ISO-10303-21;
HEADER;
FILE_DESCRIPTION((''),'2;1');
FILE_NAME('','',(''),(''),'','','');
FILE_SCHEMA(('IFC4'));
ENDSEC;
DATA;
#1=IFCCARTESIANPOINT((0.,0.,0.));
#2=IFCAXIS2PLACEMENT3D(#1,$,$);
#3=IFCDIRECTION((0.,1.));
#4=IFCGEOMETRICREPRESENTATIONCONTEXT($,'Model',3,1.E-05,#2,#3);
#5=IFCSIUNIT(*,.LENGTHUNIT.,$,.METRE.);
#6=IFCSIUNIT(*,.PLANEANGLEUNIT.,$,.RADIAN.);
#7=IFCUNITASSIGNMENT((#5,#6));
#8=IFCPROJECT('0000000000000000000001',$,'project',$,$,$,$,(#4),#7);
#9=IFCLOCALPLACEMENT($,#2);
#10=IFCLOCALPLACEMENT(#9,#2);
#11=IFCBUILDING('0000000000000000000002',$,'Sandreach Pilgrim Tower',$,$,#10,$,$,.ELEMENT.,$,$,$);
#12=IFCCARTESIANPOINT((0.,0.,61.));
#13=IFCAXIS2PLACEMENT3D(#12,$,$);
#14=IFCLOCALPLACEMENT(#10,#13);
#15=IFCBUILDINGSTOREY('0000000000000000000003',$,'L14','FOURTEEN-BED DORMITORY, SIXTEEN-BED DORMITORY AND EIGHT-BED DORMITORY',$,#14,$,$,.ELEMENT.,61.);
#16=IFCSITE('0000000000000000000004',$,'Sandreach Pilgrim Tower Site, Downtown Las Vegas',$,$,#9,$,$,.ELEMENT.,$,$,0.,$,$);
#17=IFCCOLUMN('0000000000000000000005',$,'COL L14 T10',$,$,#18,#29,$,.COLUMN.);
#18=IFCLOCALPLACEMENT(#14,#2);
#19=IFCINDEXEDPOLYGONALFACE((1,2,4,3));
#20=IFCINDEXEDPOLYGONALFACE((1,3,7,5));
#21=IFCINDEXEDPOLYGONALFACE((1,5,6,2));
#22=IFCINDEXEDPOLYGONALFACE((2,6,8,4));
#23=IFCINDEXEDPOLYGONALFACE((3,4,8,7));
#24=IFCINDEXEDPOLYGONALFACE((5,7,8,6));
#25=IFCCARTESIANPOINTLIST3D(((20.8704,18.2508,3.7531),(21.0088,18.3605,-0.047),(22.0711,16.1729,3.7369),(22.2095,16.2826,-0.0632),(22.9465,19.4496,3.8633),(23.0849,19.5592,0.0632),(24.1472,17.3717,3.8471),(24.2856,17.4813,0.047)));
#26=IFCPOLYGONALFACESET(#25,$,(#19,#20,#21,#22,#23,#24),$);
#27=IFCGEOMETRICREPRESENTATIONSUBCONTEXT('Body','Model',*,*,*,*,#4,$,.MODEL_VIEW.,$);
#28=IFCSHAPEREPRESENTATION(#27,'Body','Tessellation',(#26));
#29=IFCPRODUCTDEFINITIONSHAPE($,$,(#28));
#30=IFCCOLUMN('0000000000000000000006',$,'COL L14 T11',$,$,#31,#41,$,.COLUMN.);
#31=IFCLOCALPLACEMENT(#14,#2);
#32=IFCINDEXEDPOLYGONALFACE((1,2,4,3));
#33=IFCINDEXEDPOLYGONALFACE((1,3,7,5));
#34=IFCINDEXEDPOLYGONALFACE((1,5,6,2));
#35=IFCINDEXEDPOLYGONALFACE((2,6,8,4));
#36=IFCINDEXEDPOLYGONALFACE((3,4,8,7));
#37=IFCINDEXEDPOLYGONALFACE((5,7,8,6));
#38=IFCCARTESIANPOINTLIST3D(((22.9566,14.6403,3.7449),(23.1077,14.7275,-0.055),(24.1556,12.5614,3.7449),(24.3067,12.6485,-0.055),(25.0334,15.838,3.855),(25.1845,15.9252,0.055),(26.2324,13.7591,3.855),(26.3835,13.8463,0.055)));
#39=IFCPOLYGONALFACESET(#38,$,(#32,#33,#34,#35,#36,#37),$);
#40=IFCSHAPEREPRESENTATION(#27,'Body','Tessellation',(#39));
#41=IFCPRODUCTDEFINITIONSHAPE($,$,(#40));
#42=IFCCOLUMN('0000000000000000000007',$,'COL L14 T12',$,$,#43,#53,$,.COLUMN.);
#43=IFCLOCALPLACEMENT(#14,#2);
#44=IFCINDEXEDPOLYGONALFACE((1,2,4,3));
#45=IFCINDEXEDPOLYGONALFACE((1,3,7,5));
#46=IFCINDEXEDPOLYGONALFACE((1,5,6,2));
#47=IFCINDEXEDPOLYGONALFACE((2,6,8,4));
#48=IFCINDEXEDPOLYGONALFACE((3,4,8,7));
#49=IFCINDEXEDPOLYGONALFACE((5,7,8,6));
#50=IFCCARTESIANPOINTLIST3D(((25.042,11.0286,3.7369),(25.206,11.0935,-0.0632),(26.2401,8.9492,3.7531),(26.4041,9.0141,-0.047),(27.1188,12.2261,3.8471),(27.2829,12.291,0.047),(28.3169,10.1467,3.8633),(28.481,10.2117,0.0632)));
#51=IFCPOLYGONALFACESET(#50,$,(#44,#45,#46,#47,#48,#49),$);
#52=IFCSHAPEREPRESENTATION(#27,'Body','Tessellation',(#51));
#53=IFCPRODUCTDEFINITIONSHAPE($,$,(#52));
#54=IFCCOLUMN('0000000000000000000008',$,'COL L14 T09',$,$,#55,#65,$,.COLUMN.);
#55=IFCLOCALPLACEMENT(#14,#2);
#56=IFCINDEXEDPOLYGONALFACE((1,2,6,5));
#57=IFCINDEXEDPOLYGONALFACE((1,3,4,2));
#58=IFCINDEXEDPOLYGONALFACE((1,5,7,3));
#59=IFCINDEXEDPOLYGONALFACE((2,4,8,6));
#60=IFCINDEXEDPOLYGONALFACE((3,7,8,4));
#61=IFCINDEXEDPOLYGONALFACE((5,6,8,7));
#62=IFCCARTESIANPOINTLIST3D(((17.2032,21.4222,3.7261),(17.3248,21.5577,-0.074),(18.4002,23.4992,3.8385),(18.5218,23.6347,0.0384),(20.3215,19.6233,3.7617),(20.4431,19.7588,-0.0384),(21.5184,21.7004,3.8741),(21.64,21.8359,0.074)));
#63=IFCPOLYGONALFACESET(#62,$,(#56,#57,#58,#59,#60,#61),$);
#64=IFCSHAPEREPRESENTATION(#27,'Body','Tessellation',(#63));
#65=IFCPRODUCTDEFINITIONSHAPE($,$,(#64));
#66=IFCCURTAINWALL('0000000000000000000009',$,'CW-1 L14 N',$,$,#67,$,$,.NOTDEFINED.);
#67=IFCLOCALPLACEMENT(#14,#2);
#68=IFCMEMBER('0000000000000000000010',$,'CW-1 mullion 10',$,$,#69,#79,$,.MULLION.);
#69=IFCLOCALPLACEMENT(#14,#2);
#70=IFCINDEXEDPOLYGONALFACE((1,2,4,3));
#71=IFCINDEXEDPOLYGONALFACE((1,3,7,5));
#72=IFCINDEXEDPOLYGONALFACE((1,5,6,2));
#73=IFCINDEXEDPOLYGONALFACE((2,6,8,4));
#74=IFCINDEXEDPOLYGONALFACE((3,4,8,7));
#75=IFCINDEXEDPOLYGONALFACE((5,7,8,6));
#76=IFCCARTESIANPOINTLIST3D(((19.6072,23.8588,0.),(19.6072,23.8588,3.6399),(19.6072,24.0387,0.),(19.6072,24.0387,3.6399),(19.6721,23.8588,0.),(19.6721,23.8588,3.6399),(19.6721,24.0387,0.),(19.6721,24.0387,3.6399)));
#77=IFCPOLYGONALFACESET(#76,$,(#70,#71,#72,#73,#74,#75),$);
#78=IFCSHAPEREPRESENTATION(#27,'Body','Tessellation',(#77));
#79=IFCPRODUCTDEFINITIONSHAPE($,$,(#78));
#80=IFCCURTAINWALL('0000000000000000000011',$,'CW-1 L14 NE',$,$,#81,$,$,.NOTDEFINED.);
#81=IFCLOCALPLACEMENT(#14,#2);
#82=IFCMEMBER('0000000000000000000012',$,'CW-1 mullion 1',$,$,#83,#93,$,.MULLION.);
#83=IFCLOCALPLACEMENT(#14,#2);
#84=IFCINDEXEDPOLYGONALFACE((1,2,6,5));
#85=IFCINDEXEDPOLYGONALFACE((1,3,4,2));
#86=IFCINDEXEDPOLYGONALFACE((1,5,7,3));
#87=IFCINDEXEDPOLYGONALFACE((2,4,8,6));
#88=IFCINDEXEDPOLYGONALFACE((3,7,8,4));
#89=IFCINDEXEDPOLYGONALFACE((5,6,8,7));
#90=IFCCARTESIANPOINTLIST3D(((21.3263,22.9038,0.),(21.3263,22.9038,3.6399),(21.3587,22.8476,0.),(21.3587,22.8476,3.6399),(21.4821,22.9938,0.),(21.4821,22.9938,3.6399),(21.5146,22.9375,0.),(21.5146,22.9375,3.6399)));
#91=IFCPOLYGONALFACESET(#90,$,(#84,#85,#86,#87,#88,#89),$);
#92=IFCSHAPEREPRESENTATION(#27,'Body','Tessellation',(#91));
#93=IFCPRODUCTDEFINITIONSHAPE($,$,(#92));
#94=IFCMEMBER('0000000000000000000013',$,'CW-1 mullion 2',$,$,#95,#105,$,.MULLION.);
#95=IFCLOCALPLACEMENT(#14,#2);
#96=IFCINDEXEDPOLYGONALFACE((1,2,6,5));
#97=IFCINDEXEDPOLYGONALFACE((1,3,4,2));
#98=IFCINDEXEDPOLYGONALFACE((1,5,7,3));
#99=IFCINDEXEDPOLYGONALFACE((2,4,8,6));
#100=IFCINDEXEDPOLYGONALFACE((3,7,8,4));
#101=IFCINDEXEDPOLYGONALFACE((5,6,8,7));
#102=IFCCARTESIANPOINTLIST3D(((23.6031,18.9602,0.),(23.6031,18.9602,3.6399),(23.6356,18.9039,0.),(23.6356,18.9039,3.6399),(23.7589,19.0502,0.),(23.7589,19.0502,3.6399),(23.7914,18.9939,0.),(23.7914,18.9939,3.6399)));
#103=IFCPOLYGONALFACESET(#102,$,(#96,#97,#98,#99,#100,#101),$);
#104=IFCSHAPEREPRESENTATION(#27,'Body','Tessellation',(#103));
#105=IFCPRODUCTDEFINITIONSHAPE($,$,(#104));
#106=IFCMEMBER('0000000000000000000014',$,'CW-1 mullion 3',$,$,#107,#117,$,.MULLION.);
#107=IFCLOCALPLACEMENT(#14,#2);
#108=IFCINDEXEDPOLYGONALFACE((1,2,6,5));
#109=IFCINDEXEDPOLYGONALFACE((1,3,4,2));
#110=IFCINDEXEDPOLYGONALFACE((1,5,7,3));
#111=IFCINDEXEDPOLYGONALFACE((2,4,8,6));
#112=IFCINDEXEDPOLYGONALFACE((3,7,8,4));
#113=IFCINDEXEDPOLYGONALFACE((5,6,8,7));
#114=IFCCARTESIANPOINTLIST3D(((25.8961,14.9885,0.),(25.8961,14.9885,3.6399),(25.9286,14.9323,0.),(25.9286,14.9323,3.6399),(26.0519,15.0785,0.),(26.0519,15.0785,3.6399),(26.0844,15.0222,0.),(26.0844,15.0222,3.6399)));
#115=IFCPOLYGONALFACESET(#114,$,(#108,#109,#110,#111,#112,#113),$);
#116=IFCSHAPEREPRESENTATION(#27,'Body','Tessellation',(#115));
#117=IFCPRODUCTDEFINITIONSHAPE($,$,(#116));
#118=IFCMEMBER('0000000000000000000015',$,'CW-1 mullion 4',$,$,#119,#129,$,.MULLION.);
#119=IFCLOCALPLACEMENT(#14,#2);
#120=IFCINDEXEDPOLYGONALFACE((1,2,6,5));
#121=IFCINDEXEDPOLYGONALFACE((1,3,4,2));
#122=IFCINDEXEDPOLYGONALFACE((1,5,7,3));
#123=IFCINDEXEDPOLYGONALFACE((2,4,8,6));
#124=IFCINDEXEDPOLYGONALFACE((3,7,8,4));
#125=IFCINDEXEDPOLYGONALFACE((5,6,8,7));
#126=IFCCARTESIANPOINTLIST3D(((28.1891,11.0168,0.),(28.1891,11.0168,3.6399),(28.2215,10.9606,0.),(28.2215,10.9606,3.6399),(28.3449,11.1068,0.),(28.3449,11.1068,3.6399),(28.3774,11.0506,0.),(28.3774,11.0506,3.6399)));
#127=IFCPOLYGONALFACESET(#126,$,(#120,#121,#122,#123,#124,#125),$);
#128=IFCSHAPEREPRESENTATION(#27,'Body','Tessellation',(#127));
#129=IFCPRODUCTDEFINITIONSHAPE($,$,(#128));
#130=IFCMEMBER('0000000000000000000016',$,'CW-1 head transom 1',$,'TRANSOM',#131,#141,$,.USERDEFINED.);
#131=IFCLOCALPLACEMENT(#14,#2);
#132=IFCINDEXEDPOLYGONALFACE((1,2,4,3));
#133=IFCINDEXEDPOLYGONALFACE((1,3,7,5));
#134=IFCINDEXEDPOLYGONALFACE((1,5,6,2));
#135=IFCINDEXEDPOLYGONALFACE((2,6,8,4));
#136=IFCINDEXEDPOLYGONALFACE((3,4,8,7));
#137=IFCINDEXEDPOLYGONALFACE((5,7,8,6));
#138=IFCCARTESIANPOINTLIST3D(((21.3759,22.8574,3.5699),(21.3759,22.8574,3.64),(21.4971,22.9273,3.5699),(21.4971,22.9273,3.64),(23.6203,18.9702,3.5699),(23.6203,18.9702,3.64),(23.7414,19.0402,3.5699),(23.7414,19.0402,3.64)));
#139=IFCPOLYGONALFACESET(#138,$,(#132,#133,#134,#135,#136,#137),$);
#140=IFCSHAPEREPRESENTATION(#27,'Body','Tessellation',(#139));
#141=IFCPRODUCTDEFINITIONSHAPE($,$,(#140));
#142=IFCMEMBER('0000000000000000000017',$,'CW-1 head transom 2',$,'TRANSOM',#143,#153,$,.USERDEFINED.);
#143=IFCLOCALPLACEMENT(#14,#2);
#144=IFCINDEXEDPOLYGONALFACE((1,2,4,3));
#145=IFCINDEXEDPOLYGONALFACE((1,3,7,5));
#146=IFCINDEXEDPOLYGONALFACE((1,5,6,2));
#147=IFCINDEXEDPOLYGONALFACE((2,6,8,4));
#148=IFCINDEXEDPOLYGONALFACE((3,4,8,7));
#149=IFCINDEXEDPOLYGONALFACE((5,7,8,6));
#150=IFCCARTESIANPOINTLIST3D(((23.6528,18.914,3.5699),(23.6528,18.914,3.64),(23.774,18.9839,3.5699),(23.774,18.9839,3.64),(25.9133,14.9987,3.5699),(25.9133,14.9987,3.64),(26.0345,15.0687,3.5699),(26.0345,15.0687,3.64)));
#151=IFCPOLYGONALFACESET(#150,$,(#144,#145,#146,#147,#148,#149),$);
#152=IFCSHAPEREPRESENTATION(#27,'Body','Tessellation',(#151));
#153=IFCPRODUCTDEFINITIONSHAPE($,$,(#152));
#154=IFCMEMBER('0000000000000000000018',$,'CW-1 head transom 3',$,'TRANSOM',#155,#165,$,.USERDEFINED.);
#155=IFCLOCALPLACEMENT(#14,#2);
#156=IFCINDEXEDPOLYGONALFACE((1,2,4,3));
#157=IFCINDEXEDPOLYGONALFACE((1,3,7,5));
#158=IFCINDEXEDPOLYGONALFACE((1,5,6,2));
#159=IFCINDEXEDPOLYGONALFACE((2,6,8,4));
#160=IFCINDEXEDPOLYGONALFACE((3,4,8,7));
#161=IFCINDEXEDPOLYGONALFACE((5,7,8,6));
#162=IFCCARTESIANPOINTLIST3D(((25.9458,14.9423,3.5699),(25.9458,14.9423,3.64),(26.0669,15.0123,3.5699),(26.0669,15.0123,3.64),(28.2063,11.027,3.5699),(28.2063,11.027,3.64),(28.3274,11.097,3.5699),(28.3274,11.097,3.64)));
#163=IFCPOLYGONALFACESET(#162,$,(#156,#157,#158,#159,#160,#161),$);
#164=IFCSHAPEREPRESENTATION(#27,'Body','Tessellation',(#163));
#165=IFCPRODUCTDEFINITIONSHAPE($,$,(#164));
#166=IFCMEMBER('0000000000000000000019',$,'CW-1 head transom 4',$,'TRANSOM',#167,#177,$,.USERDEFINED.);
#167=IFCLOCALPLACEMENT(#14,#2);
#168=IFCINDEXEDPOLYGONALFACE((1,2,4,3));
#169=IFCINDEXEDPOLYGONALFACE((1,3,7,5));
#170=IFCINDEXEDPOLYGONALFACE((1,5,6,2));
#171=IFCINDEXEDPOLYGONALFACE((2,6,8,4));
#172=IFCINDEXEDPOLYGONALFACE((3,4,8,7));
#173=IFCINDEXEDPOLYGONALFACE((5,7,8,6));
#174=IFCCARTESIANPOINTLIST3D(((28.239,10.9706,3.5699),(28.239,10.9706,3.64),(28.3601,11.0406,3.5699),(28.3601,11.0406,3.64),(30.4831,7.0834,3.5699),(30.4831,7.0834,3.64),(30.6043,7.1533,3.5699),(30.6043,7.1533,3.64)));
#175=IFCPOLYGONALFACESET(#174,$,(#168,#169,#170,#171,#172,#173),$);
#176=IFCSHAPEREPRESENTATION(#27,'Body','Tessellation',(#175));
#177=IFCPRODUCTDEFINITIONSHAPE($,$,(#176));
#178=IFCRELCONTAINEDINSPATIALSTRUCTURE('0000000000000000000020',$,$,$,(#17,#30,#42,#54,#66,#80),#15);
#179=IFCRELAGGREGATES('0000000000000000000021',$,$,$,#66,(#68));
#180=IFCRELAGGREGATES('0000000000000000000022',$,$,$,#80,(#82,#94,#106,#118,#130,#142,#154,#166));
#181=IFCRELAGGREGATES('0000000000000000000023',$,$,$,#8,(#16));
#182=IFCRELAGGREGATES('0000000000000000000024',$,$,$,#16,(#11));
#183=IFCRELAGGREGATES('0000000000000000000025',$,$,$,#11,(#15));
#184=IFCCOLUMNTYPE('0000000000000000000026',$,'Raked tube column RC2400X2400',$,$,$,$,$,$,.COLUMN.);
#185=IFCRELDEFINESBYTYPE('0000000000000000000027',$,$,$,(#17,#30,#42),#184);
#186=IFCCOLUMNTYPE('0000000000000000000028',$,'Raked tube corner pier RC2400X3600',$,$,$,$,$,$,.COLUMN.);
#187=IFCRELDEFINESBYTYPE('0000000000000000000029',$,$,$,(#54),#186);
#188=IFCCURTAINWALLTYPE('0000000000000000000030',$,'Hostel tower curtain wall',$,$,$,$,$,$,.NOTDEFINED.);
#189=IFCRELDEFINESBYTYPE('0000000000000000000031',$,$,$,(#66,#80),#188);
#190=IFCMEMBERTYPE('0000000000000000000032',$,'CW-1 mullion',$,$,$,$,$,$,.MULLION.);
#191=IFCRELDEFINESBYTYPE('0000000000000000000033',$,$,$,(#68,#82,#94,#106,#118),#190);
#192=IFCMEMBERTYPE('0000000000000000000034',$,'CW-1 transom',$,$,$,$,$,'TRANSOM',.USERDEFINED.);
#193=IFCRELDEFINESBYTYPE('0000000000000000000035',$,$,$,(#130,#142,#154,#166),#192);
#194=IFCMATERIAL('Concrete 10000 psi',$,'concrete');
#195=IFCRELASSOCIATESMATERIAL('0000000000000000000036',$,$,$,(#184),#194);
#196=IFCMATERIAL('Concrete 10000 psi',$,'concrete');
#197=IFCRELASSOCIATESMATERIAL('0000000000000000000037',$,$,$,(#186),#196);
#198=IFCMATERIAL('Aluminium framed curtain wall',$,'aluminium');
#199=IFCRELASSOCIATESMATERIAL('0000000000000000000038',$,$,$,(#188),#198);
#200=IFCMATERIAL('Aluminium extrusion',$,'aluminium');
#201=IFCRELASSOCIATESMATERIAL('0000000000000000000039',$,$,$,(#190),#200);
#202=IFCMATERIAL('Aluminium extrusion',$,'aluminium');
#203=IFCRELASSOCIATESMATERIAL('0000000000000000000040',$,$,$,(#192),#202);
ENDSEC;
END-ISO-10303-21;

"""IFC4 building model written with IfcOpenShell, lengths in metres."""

from ifc_helpers import new_model, si_unit, direction, frame, origin, origin_2d, place, context, subcontext, project, spatial, rectangle, extrude, material, material_profile, profile_set, type_object, element, aggregate, save


model = new_model("IFC4")

# Units and contexts
model_context = context("Model", 3, precision=1e-05, world=origin(), true_north=direction((0.0, 1.0)))
body_context = subcontext(model_context, "Body", "Model", "MODEL_VIEW")
ifc_project = project(units=[si_unit("LENGTHUNIT", "METRE"), si_unit("PLANEANGLEUNIT", "RADIAN")], contexts=[model_context])

# Site, building, storey
site_placement = place(None, origin())
site = spatial("IfcSite", under=ifc_project, at=site_placement, Name="Sandreach Pilgrim Tower Site, Downtown Las Vegas", CompositionType="ELEMENT", RefElevation=0.0)
building_placement = place(site_placement, origin())
building = spatial("IfcBuilding", under=site, at=building_placement, Name="Sandreach Pilgrim Tower", CompositionType="ELEMENT")
storey_placement = place(building_placement, frame((0.0, 0.0, 61.0)))
storey = spatial("IfcBuildingStorey", under=building, at=storey_placement, Name="L14", Description="FOURTEEN-BED DORMITORY, SIXTEEN-BED DORMITORY AND EIGHT-BED DORMITORY", CompositionType="ELEMENT", Elevation=61.0)

# Columns
ifc_material_1 = material(Name="Concrete 10000 psi", Category="concrete")
ifc_material_profile_1 = material_profile(ifc_material_1, rectangle(XDim=2.3999, YDim=2.3999, at=origin_2d()), Name="RC2400X2400")
ifc_profile_set_1 = profile_set([ifc_material_profile_1], Name="Concrete 10000 psi")
column_type_1 = type_object("IfcColumnType", Name="Raked tube column RC2400X2400", PredefinedType="COLUMN", material=ifc_profile_set_1)
column_1_placement = place(storey_placement, frame((22.6472, 17.9209, 0.0), z_axis=(-0.036389, -0.028816, 0.998922), x_axis=(0.865087, 0.499515, 0.045923)))
element("IfcColumn", 1, at=column_1_placement, inside=storey, type_object=column_type_1, Name="COL L14 T10", PredefinedType="COLUMN", context=body_context, shape_type="SweptSolid", body=[
    extrude(rectangle(XDim=2.3999, YDim=2.3999, at=origin_2d()), origin(), (0.0, 0.0, 1.0), 3.8042),
])
column_2_placement = place(storey_placement, frame((24.7456, 14.2869, 0.0), z_axis=(-0.039727, -0.022912, 0.998948), x_axis=(0.865344, 0.499076, 0.04586)))
element("IfcColumn", 2, at=column_2_placement, inside=storey, type_object=column_type_1, Name="COL L14 T11", PredefinedType="COLUMN", context=body_context, shape_type="SweptSolid", body=[
    extrude(rectangle(XDim=2.3999, YDim=2.3999, at=origin_2d()), origin(), (0.0, 0.0, 1.0), 3.804),
])
column_3_placement = place(storey_placement, frame((26.8435, 10.6526, 0.0), z_axis=(-0.043127, -0.017071, 0.998924), x_axis=(0.865394, 0.498986, 0.04589)))
element("IfcColumn", 3, at=column_3_placement, inside=storey, type_object=column_type_1, Name="COL L14 T12", PredefinedType="COLUMN", context=body_context, shape_type="SweptSolid", body=[
    extrude(rectangle(XDim=2.3999, YDim=2.3999, at=origin_2d()), origin(), (0.0, 0.0, 1.0), 3.8042),
])
ifc_material_2 = material(Name="Concrete 10000 psi", Category="concrete")
ifc_material_profile_2 = material_profile(ifc_material_2, rectangle(XDim=2.3999, YDim=3.6001, at=origin_2d()), Name="RC2400X3600")
ifc_profile_set_2 = profile_set([ifc_material_profile_2], Name="Concrete 10000 psi")
column_type_2 = type_object("IfcColumnType", Name="Raked tube corner pier RC2400X3600", PredefinedType="COLUMN", material=ifc_profile_set_2)
column_4_placement = place(storey_placement, frame((19.4824, 21.6968, 0.0), z_axis=(-0.031958, -0.035616, 0.998854), x_axis=(0.498743, 0.865485, 0.046818)))
element("IfcColumn", 4, at=column_4_placement, inside=storey, type_object=column_type_2, Name="COL L14 T09", PredefinedType="COLUMN", context=body_context, shape_type="SweptSolid", body=[
    extrude(rectangle(XDim=2.3999, YDim=3.6001, at=origin_2d()), origin(), (0.0, 0.0, 1.0), 3.8044),
])

# Curtain wall, member
ifc_material_3 = material(Name="Aluminium framed curtain wall", Category="aluminium")
curtain_wall_type = type_object("IfcCurtainWallType", Name="Hostel tower curtain wall", PredefinedType="NOTDEFINED", material=ifc_material_3)
curtain_wall_1_placement = place(storey_placement, origin())
curtain_wall_1 = element("IfcCurtainWall", 5, at=curtain_wall_1_placement, inside=storey, type_object=curtain_wall_type, Name="CW-1 L14 N", PredefinedType="NOTDEFINED")
ifc_material_4 = material(Name="Aluminium extrusion", Category="aluminium")
ifc_material_profile_3 = material_profile(ifc_material_4, rectangle(XDim=0.0649, YDim=0.1799, at=origin_2d()), Name="CW-1M 65X180")
ifc_profile_set_3 = profile_set([ifc_material_profile_3], Name="Aluminium extrusion")
member_type_1 = type_object("IfcMemberType", Name="CW-1 mullion", PredefinedType="MULLION", material=ifc_profile_set_3)
member_1_placement = place(storey_placement, frame((19.6396, 23.9487, 0.0), z_axis=(0.0, 0.0, 1.0), x_axis=(1.0, 0.0, 0.0)))
member_1 = element("IfcMember", 6, at=member_1_placement, type_object=member_type_1, Name="CW-1 mullion 10", PredefinedType="MULLION", context=body_context, shape_type="SweptSolid", body=[
    extrude(rectangle(XDim=0.0649, YDim=0.1799, at=origin_2d()), origin(), (0.0, 0.0, 1.0), 3.6399),
])
aggregate(curtain_wall_1, [member_1])

# Curtain wall, members
curtain_wall_2_placement = place(storey_placement, origin())
curtain_wall_2 = element("IfcCurtainWall", 7, at=curtain_wall_2_placement, inside=storey, type_object=curtain_wall_type, Name="CW-1 L14 NE", PredefinedType="NOTDEFINED")
member_2_placement = place(storey_placement, frame((21.4204, 22.9207, 0.0), z_axis=(0.0, 0.0, 1.0), x_axis=(0.5, -0.866025, 0.0)))
member_2 = element("IfcMember", 8, at=member_2_placement, type_object=member_type_1, Name="CW-1 mullion 1", PredefinedType="MULLION", context=body_context, shape_type="SweptSolid", body=[
    extrude(rectangle(XDim=0.0649, YDim=0.1799, at=origin_2d()), origin(), (0.0, 0.0, 1.0), 3.6399),
])
member_3_placement = place(storey_placement, frame((23.6973, 18.9771, 0.0), z_axis=(0.0, 0.0, 1.0), x_axis=(0.5, -0.866025, 0.0)))
member_3 = element("IfcMember", 9, at=member_3_placement, type_object=member_type_1, Name="CW-1 mullion 2", PredefinedType="MULLION", context=body_context, shape_type="SweptSolid", body=[
    extrude(rectangle(XDim=0.0649, YDim=0.1799, at=origin_2d()), origin(), (0.0, 0.0, 1.0), 3.6399),
])
member_4_placement = place(storey_placement, frame((25.9902, 15.0054, 0.0), z_axis=(0.0, 0.0, 1.0), x_axis=(0.5, -0.866025, 0.0)))
member_4 = element("IfcMember", 10, at=member_4_placement, type_object=member_type_1, Name="CW-1 mullion 3", PredefinedType="MULLION", context=body_context, shape_type="SweptSolid", body=[
    extrude(rectangle(XDim=0.0649, YDim=0.1799, at=origin_2d()), origin(), (0.0, 0.0, 1.0), 3.6399),
])
member_5_placement = place(storey_placement, frame((28.2832, 11.0337, 0.0), z_axis=(0.0, 0.0, 1.0), x_axis=(0.5, -0.866025, 0.0)))
member_5 = element("IfcMember", 11, at=member_5_placement, type_object=member_type_1, Name="CW-1 mullion 4", PredefinedType="MULLION", context=body_context, shape_type="SweptSolid", body=[
    extrude(rectangle(XDim=0.0649, YDim=0.1799, at=origin_2d()), origin(), (0.0, 0.0, 1.0), 3.6399),
])
ifc_material_5 = material(Name="Aluminium extrusion", Category="aluminium")
ifc_material_profile_4 = material_profile(ifc_material_5, rectangle(XDim=0.1399, YDim=0.0701, at=origin_2d()), Name="CW-1T 140X70")
ifc_profile_set_4 = profile_set([ifc_material_profile_4], Name="Aluminium extrusion")
member_type_2 = type_object("IfcMemberType", Name="CW-1 transom", ElementType="TRANSOM", PredefinedType="USERDEFINED", material=ifc_profile_set_4)
member_6_placement = place(storey_placement, frame((21.4365, 22.8923, 3.605), z_axis=(0.500018, -0.866015, 0.0), x_axis=(0.866015, 0.500018, 0.0)))
member_6 = element("IfcMember", 12, at=member_6_placement, type_object=member_type_2, Name="CW-1 head transom 1", ObjectType="TRANSOM", PredefinedType="USERDEFINED", context=body_context, shape_type="SweptSolid", body=[
    extrude(rectangle(XDim=0.1399, YDim=0.0701, at=origin_2d()), origin(), (0.0, 0.0, 1.0), 4.4885),
])
member_7_placement = place(storey_placement, frame((23.7134, 18.949, 3.605), z_axis=(0.500001, -0.866025, 0.0), x_axis=(0.866025, 0.500001, 0.0)))
member_7 = element("IfcMember", 13, at=member_7_placement, type_object=member_type_2, Name="CW-1 head transom 2", ObjectType="TRANSOM", PredefinedType="USERDEFINED", context=body_context, shape_type="SweptSolid", body=[
    extrude(rectangle(XDim=0.1399, YDim=0.0701, at=origin_2d()), origin(), (0.0, 0.0, 1.0), 4.521),
])
member_8_placement = place(storey_placement, frame((26.0063, 14.9773, 3.605), z_axis=(0.500001, -0.866025, 0.0), x_axis=(0.866025, 0.500001, 0.0)))
member_8 = element("IfcMember", 14, at=member_8_placement, type_object=member_type_2, Name="CW-1 head transom 3", ObjectType="TRANSOM", PredefinedType="USERDEFINED", context=body_context, shape_type="SweptSolid", body=[
    extrude(rectangle(XDim=0.1399, YDim=0.0701, at=origin_2d()), origin(), (0.0, 0.0, 1.0), 4.521),
])
member_9_placement = place(storey_placement, frame((28.2996, 11.0056, 3.605), z_axis=(0.499977, -0.866039, 0.0), x_axis=(0.866039, 0.499977, 0.0)))
member_9 = element("IfcMember", 15, at=member_9_placement, type_object=member_type_2, Name="CW-1 head transom 4", ObjectType="TRANSOM", PredefinedType="USERDEFINED", context=body_context, shape_type="SweptSolid", body=[
    extrude(rectangle(XDim=0.1399, YDim=0.0701, at=origin_2d()), origin(), (0.0, 0.0, 1.0), 4.4885),
])

aggregate(curtain_wall_2, [member_2, member_3, member_4, member_5, member_6, member_7, member_8, member_9])

save(model, "model.ifc")
